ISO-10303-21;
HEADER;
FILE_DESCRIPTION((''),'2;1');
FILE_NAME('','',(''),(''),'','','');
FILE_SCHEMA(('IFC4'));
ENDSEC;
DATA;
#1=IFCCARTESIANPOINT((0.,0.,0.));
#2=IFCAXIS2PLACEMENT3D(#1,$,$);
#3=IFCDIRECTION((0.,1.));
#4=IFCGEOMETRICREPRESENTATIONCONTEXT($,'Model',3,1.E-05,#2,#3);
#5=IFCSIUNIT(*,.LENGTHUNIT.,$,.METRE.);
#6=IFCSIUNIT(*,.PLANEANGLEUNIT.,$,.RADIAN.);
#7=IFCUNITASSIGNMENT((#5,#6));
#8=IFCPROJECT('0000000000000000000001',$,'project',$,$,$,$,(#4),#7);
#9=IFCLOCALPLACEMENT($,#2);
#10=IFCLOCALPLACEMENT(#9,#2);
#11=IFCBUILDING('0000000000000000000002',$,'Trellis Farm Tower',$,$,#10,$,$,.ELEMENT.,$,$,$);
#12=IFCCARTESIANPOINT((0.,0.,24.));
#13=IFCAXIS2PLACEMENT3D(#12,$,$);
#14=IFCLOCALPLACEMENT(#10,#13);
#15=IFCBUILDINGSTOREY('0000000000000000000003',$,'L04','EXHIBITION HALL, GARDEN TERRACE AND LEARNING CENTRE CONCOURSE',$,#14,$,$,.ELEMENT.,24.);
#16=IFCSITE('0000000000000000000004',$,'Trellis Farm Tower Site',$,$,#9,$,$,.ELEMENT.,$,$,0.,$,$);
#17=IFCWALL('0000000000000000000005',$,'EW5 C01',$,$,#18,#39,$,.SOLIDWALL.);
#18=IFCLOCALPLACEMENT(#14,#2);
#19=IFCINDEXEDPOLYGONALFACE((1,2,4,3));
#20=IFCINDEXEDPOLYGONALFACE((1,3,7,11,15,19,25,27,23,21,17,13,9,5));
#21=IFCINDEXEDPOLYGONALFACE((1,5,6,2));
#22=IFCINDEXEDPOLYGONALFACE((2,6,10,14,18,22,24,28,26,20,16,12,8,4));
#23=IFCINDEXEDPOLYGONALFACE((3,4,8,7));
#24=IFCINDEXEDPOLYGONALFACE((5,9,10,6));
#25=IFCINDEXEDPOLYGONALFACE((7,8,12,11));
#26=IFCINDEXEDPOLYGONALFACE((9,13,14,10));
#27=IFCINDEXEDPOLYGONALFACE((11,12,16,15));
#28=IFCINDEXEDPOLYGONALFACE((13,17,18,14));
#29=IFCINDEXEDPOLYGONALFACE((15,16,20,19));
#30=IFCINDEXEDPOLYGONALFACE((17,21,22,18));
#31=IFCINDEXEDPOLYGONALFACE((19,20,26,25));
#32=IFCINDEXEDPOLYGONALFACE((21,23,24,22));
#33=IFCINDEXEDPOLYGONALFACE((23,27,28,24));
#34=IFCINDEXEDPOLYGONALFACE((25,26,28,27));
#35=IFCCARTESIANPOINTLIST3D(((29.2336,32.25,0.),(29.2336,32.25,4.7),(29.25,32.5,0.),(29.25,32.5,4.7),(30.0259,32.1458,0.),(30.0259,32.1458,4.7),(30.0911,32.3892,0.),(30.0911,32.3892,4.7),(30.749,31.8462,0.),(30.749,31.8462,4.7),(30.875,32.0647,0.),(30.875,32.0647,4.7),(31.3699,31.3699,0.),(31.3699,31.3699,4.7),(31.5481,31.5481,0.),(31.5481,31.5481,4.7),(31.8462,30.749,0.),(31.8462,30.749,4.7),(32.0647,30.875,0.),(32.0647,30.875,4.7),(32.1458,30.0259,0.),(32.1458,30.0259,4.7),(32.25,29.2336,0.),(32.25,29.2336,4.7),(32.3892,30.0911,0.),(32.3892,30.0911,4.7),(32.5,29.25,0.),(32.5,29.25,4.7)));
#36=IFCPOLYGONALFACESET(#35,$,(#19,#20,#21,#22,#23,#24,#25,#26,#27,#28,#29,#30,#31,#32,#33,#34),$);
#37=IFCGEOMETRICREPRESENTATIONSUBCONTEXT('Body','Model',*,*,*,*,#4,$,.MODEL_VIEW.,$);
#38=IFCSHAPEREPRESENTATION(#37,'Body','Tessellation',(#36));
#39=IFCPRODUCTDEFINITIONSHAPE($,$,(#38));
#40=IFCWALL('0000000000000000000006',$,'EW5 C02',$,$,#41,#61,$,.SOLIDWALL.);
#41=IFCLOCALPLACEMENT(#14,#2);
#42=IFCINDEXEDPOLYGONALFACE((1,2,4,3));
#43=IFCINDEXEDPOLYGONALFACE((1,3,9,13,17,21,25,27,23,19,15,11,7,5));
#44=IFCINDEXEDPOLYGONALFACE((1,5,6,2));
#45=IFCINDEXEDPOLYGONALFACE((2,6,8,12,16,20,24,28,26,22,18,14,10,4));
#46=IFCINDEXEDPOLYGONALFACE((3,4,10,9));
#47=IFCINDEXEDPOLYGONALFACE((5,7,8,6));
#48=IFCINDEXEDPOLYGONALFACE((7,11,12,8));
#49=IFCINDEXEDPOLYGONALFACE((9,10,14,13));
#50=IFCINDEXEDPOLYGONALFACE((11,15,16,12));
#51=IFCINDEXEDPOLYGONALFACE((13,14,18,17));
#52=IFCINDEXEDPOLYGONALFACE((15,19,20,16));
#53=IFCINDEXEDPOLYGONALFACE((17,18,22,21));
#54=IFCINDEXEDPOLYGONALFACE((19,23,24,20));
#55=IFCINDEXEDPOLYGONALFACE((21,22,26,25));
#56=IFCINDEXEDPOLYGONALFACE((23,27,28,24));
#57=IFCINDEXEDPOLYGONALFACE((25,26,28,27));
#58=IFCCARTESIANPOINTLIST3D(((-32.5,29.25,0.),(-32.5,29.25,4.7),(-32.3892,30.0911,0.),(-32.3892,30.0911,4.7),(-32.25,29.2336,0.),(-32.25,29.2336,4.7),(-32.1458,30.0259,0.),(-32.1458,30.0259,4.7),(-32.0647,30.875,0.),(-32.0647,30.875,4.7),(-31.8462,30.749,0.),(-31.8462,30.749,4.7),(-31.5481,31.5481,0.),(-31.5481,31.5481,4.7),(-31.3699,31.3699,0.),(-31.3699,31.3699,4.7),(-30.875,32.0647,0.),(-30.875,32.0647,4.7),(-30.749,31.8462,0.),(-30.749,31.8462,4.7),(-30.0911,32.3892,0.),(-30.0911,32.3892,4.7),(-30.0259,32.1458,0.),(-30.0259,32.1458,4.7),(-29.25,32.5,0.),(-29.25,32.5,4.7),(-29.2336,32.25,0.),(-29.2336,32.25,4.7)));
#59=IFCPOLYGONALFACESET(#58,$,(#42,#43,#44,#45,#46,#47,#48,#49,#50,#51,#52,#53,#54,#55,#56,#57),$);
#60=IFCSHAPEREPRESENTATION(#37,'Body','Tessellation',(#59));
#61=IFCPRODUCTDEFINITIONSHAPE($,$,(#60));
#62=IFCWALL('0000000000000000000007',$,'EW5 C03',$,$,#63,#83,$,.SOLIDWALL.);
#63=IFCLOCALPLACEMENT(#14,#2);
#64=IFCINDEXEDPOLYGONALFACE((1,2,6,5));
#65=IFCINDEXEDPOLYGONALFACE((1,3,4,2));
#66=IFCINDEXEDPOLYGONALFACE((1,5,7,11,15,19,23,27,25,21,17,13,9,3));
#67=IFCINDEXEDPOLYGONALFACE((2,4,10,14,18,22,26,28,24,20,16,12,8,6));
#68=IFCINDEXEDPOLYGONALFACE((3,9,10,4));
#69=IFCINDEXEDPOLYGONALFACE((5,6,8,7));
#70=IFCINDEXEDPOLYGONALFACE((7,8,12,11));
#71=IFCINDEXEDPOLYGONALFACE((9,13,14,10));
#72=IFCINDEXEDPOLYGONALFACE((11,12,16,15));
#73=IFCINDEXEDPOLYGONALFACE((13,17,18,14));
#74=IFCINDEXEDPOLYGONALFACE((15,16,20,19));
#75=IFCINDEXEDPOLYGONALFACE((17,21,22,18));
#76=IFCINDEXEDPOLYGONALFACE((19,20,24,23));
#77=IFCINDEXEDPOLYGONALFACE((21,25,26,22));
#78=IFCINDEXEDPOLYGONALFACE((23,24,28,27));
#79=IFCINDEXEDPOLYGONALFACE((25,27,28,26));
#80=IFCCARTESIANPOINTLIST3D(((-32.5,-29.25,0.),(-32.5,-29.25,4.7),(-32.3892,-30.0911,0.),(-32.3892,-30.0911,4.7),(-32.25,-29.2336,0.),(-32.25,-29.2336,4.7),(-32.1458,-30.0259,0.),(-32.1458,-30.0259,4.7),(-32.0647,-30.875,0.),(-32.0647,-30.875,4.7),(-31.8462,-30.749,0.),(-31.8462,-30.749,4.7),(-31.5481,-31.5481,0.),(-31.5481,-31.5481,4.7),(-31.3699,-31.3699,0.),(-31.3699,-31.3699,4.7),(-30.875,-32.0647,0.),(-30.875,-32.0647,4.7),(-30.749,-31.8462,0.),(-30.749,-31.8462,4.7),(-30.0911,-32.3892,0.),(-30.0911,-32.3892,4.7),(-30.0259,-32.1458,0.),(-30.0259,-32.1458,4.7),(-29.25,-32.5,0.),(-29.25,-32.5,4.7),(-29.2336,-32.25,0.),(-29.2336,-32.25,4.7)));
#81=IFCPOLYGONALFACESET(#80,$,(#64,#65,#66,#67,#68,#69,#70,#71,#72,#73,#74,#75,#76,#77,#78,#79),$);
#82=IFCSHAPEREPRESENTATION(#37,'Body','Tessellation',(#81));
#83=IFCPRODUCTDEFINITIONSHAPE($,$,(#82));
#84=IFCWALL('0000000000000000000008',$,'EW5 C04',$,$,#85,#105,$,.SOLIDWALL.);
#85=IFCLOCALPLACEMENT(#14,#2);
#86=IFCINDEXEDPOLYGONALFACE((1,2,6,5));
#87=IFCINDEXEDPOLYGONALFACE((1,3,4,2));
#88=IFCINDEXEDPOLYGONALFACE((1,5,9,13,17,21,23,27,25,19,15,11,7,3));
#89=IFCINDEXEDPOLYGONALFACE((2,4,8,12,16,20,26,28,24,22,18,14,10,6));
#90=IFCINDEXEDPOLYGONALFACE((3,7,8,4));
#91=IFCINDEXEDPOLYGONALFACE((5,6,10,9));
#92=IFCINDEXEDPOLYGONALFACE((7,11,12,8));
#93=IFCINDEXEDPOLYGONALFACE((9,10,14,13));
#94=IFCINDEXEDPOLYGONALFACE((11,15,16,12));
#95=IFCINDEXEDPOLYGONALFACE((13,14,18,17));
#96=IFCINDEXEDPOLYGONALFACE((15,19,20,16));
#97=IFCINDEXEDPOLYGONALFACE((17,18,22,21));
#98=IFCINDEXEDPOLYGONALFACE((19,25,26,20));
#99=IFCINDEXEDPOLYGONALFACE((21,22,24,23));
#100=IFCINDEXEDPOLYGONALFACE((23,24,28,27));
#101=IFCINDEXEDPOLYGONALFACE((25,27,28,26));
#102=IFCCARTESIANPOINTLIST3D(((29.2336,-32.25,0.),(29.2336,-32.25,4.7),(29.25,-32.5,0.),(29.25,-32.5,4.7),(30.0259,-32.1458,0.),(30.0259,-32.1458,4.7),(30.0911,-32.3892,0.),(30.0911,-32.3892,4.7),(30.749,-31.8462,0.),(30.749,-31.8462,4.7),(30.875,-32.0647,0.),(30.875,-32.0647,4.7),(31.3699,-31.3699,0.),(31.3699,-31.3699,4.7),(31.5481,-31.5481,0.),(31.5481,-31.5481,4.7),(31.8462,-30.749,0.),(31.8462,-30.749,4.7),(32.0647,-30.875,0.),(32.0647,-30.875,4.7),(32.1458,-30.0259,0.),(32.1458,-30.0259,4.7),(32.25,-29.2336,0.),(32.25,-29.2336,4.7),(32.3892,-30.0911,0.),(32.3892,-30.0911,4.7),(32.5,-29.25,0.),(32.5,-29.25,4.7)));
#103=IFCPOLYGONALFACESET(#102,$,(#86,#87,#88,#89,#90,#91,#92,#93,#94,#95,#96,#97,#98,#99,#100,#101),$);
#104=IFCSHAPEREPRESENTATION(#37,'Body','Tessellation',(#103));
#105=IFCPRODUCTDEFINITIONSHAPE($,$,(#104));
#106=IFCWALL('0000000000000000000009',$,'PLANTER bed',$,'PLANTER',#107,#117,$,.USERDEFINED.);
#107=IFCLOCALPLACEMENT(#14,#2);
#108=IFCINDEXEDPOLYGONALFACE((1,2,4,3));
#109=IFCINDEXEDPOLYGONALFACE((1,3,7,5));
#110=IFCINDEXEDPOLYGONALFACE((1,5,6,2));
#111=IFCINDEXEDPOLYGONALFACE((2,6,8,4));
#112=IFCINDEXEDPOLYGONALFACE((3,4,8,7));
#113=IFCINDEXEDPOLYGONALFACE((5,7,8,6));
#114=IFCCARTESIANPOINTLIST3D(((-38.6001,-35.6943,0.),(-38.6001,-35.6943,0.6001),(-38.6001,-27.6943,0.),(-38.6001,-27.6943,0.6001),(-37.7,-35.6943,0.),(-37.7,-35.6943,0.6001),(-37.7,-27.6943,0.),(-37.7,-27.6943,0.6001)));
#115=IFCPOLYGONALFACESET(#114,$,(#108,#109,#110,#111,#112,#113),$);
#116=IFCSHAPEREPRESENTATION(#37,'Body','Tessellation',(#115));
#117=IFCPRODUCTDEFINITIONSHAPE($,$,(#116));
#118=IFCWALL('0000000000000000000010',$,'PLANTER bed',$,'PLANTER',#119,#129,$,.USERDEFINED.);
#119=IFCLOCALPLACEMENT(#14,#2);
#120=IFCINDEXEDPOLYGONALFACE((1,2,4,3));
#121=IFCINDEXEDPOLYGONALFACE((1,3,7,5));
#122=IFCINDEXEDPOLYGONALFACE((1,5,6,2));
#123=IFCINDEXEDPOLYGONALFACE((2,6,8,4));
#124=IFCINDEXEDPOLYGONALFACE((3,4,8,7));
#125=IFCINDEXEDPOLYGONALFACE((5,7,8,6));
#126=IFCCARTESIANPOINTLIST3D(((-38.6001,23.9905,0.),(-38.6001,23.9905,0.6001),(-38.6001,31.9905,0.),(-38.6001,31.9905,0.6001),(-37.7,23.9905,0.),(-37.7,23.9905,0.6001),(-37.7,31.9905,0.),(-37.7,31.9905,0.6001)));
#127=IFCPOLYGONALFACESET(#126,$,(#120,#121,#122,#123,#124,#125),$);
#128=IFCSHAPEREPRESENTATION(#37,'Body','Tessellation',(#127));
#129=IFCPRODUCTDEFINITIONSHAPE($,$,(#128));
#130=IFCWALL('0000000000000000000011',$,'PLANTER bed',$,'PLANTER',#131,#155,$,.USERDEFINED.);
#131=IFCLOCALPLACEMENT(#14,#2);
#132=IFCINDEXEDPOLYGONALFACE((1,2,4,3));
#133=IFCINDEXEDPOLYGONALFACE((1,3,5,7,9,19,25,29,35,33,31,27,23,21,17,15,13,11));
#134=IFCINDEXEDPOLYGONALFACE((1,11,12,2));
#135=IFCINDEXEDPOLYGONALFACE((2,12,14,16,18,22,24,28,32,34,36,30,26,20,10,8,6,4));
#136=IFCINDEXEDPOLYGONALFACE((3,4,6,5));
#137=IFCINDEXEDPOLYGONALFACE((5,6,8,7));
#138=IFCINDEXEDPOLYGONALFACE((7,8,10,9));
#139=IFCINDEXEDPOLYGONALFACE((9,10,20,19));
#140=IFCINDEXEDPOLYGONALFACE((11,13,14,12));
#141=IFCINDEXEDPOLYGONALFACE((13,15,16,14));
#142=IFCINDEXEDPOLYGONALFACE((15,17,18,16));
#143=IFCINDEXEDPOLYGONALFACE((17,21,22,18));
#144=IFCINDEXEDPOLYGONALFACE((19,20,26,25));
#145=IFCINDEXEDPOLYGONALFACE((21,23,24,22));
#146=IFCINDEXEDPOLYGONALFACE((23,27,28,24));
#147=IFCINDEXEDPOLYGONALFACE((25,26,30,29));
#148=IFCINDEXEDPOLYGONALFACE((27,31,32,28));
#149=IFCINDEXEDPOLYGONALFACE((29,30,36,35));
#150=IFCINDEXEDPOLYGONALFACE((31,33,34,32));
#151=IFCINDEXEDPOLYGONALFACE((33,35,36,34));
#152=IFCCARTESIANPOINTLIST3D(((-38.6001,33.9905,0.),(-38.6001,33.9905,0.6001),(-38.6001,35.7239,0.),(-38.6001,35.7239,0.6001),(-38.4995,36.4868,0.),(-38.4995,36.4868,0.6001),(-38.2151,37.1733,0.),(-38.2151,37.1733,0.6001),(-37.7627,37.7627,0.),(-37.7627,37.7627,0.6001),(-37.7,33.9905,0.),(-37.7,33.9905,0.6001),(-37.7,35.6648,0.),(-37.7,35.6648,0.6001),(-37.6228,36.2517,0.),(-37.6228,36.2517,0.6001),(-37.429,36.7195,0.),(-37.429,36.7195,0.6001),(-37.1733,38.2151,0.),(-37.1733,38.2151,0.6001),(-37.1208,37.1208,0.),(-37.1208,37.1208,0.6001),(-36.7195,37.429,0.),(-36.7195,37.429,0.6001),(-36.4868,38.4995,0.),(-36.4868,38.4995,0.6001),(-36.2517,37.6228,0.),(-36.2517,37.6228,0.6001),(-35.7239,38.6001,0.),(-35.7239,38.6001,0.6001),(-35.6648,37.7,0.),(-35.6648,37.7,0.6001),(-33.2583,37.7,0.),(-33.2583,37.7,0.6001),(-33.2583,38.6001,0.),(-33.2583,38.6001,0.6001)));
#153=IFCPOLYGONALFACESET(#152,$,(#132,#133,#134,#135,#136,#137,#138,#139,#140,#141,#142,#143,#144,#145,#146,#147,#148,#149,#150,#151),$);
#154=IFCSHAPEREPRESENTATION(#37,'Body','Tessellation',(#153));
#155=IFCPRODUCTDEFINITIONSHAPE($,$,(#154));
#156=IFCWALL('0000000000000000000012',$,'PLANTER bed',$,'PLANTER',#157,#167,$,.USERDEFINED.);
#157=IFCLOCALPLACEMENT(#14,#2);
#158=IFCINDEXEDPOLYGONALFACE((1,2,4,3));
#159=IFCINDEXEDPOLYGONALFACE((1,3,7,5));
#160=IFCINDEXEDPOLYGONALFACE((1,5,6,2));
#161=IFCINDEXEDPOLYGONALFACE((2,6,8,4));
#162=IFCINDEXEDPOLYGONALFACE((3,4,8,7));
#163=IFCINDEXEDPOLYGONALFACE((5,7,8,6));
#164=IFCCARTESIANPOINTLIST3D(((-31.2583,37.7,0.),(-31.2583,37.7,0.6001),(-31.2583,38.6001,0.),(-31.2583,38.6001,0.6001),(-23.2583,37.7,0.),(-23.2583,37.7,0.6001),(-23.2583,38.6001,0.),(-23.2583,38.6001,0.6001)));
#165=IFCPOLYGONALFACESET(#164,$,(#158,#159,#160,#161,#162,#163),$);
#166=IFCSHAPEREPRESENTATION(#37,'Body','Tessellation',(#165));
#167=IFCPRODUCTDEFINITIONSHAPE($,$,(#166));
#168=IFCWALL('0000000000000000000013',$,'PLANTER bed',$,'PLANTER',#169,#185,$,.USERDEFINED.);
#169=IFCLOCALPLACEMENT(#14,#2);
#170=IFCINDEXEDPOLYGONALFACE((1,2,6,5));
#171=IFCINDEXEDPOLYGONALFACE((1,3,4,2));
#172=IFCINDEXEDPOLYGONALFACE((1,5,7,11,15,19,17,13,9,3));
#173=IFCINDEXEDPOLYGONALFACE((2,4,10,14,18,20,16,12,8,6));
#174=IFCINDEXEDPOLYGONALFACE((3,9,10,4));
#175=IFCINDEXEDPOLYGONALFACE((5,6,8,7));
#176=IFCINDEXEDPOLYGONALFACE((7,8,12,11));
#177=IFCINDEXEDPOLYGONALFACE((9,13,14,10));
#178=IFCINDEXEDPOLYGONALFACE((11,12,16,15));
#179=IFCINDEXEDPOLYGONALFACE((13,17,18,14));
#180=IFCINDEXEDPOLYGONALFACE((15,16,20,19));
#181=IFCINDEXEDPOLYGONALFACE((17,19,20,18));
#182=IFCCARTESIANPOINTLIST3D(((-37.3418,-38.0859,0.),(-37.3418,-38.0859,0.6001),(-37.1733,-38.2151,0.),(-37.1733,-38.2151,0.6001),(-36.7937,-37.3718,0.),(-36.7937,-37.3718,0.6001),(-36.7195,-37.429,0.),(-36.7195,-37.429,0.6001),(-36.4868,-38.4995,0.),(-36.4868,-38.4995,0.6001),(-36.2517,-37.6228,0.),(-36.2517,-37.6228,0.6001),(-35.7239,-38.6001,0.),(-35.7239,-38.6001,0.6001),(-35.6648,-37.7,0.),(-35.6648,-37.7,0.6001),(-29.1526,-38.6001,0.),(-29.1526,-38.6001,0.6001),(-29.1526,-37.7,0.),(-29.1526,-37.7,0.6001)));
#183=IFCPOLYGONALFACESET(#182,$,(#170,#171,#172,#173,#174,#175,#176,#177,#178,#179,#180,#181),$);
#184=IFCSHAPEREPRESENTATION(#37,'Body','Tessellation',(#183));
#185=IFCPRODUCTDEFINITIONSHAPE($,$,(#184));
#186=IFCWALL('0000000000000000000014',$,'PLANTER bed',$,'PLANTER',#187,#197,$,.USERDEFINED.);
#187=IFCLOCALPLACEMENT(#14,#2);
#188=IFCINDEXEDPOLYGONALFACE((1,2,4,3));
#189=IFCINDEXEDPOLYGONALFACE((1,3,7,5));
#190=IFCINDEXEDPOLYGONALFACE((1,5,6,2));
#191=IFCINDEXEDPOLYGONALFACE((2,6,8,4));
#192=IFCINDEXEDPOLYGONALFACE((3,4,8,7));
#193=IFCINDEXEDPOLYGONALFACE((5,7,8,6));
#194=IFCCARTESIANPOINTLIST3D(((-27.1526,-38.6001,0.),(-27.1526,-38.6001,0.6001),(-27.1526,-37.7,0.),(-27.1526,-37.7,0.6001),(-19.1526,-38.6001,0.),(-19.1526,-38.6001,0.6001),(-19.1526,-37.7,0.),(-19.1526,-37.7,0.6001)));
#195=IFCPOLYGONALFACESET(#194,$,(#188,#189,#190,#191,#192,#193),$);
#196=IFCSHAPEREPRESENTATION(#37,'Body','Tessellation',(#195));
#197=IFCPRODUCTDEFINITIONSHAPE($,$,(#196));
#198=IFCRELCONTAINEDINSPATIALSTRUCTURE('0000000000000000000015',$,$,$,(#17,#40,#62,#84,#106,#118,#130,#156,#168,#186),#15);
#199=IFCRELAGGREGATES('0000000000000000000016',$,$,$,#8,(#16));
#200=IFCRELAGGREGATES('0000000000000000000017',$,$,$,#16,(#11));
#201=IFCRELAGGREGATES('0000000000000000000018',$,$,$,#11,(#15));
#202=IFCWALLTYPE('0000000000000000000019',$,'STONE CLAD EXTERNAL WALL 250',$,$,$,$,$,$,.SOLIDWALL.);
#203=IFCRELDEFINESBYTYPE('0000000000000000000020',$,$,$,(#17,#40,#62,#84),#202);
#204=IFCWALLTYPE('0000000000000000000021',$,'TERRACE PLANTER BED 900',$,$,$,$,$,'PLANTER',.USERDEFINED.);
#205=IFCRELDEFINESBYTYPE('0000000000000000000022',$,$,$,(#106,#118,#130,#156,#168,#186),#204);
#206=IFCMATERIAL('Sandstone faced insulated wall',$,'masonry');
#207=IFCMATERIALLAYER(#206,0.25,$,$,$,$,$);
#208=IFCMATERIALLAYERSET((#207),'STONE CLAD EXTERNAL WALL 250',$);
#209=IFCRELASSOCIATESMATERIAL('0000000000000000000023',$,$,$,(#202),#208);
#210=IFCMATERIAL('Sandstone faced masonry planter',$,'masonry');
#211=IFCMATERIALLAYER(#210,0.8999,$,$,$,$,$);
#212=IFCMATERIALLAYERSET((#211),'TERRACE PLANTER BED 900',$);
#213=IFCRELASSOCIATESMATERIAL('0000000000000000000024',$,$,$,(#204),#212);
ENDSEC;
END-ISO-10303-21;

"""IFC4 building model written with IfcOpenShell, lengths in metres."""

from ifc_helpers import new_model, si_unit, direction, frame, origin, place, context, subcontext, project, spatial, polyline, outline, extrude, material, layer, layer_set, type_object, element, save


model = new_model("IFC4")

# Units and contexts
model_context = context("Model", 3, precision=1e-05, world=origin(), true_north=direction((0.0, 1.0)))
body_context = subcontext(model_context, "Body", "Model", "MODEL_VIEW")
ifc_project = project(units=[si_unit("LENGTHUNIT", "METRE"), si_unit("PLANEANGLEUNIT", "RADIAN")], contexts=[model_context])

# Site, building, storey
site_placement = place(None, origin())
site = spatial("IfcSite", under=ifc_project, at=site_placement, Name="Trellis Farm Tower Site", CompositionType="ELEMENT", RefElevation=0.0)
building_placement = place(site_placement, origin())
building = spatial("IfcBuilding", under=site, at=building_placement, Name="Trellis Farm Tower", CompositionType="ELEMENT")
storey_placement = place(building_placement, frame((0.0, 0.0, 24.0)))
storey = spatial("IfcBuildingStorey", under=building, at=storey_placement, Name="L04", Description="EXHIBITION HALL, GARDEN TERRACE AND LEARNING CENTRE CONCOURSE", CompositionType="ELEMENT", Elevation=24.0)

# Walls
ifc_material_1 = material(Name="Sandstone faced insulated wall", Category="masonry")
ifc_layer_1 = layer(ifc_material_1, 0.25)
ifc_layer_set_1 = layer_set([ifc_layer_1], Name="STONE CLAD EXTERNAL WALL 250")
wall_type_1 = type_object("IfcWallType", Name="STONE CLAD EXTERNAL WALL 250", PredefinedType="SOLIDWALL", material=ifc_layer_set_1)
placement_1 = place(storey_placement, origin())
element("IfcWall", 1, at=placement_1, inside=storey, type_object=wall_type_1, Name="EW5 C01", PredefinedType="SOLIDWALL", context=body_context, shape_type="SweptSolid", body=[
    extrude(outline(polyline([(32.5, 29.25), (32.3892, 30.0911), (32.0647, 30.875), (31.5481, 31.5481), (30.875, 32.0647), (30.0911, 32.3892), (29.25, 32.5), (29.2336, 32.25), (30.0259, 32.1458), (30.749, 31.8462), (31.3699, 31.3699), (31.8462, 30.749), (32.1458, 30.0259), (32.25, 29.2336), (32.5, 29.25)])), origin(), (0.0, 0.0, 1.0), 4.7),
])
element("IfcWall", 2, at=placement_1, inside=storey, type_object=wall_type_1, Name="EW5 C02", PredefinedType="SOLIDWALL", context=body_context, shape_type="SweptSolid", body=[
    extrude(outline(polyline([(-29.25, 32.5), (-30.0911, 32.3892), (-30.875, 32.0647), (-31.5481, 31.5481), (-32.0647, 30.875), (-32.3892, 30.0911), (-32.5, 29.25), (-32.25, 29.2336), (-32.1458, 30.0259), (-31.8462, 30.749), (-31.3699, 31.3699), (-30.749, 31.8462), (-30.0259, 32.1458), (-29.2336, 32.25), (-29.25, 32.5)])), origin(), (0.0, 0.0, 1.0), 4.7),
])
element("IfcWall", 3, at=placement_1, inside=storey, type_object=wall_type_1, Name="EW5 C03", PredefinedType="SOLIDWALL", context=body_context, shape_type="SweptSolid", body=[
    extrude(outline(polyline([(-32.5, -29.25), (-32.3892, -30.0911), (-32.0647, -30.875), (-31.5481, -31.5481), (-30.875, -32.0647), (-30.0911, -32.3892), (-29.25, -32.5), (-29.2336, -32.25), (-30.0259, -32.1458), (-30.749, -31.8462), (-31.3699, -31.3699), (-31.8462, -30.749), (-32.1458, -30.0259), (-32.25, -29.2336), (-32.5, -29.25)])), origin(), (0.0, 0.0, 1.0), 4.7),
])
element("IfcWall", 4, at=placement_1, inside=storey, type_object=wall_type_1, Name="EW5 C04", PredefinedType="SOLIDWALL", context=body_context, shape_type="SweptSolid", body=[
    extrude(outline(polyline([(29.25, -32.5), (30.0911, -32.3892), (30.875, -32.0647), (31.5481, -31.5481), (32.0647, -30.875), (32.3892, -30.0911), (32.5, -29.25), (32.25, -29.2336), (32.1458, -30.0259), (31.8462, -30.749), (31.3699, -31.3699), (30.749, -31.8462), (30.0259, -32.1458), (29.2336, -32.25), (29.25, -32.5)])), origin(), (0.0, 0.0, 1.0), 4.7),
])
ifc_material_2 = material(Name="Sandstone faced masonry planter", Category="masonry")
ifc_layer_2 = layer(ifc_material_2, 0.8999)
ifc_layer_set_2 = layer_set([ifc_layer_2], Name="TERRACE PLANTER BED 900")
wall_type_2 = type_object("IfcWallType", Name="TERRACE PLANTER BED 900", ElementType="PLANTER", PredefinedType="USERDEFINED", material=ifc_layer_set_2)
element("IfcWall", 5, at=placement_1, inside=storey, type_object=wall_type_2, Name="PLANTER bed", ObjectType="PLANTER", PredefinedType="USERDEFINED", context=body_context, shape_type="SweptSolid", body=[
    extrude(outline(polyline([(-38.6001, -27.6943), (-37.7, -27.6943), (-37.7, -35.6943), (-38.6001, -35.6943), (-38.6001, -27.6943)])), origin(), (0.0, 0.0, 1.0), 0.6001),
])
element("IfcWall", 6, at=placement_1, inside=storey, type_object=wall_type_2, Name="PLANTER bed", ObjectType="PLANTER", PredefinedType="USERDEFINED", context=body_context, shape_type="SweptSolid", body=[
    extrude(outline(polyline([(-37.7, 31.9905), (-37.7, 23.9905), (-38.6001, 23.9905), (-38.6001, 31.9905), (-37.7, 31.9905)])), origin(), (0.0, 0.0, 1.0), 0.6001),
])
element("IfcWall", 7, at=placement_1, inside=storey, type_object=wall_type_2, Name="PLANTER bed", ObjectType="PLANTER", PredefinedType="USERDEFINED", context=body_context, shape_type="SweptSolid", body=[
    extrude(outline(polyline([(-38.4995, 36.4868), (-38.2151, 37.1733), (-37.7627, 37.7627), (-37.1733, 38.2151), (-36.4868, 38.4995), (-35.7239, 38.6001), (-33.2583, 38.6001), (-33.2583, 37.7), (-35.6648, 37.7), (-36.2517, 37.6228), (-36.7195, 37.429), (-37.1208, 37.1208), (-37.429, 36.7195), (-37.6228, 36.2517), (-37.7, 35.6648), (-37.7, 33.9905), (-38.6001, 33.9905), (-38.6001, 35.7239), (-38.4995, 36.4868)])), origin(), (0.0, 0.0, 1.0), 0.6001),
])
element("IfcWall", 8, at=placement_1, inside=storey, type_object=wall_type_2, Name="PLANTER bed", ObjectType="PLANTER", PredefinedType="USERDEFINED", context=body_context, shape_type="SweptSolid", body=[
    extrude(outline(polyline([(-23.2583, 37.7), (-31.2583, 37.7), (-31.2583, 38.6001), (-23.2583, 38.6001), (-23.2583, 37.7)])), origin(), (0.0, 0.0, 1.0), 0.6001),
])
element("IfcWall", 9, at=placement_1, inside=storey, type_object=wall_type_2, Name="PLANTER bed", ObjectType="PLANTER", PredefinedType="USERDEFINED", context=body_context, shape_type="SweptSolid", body=[
    extrude(outline(polyline([(-36.4868, -38.4995), (-37.1733, -38.2151), (-37.3418, -38.0859), (-36.7937, -37.3718), (-36.7195, -37.429), (-36.2517, -37.6228), (-35.6648, -37.7), (-29.1526, -37.7), (-29.1526, -38.6001), (-35.7239, -38.6001), (-36.4868, -38.4995)])), origin(), (0.0, 0.0, 1.0), 0.6001),
])
element("IfcWall", 10, at=placement_1, inside=storey, type_object=wall_type_2, Name="PLANTER bed", ObjectType="PLANTER", PredefinedType="USERDEFINED", context=body_context, shape_type="SweptSolid", body=[
    extrude(outline(polyline([(-27.1526, -37.7), (-19.1526, -37.7), (-19.1526, -38.6001), (-27.1526, -38.6001), (-27.1526, -37.7)])), origin(), (0.0, 0.0, 1.0), 0.6001),
])

save(model, "model.ifc")
